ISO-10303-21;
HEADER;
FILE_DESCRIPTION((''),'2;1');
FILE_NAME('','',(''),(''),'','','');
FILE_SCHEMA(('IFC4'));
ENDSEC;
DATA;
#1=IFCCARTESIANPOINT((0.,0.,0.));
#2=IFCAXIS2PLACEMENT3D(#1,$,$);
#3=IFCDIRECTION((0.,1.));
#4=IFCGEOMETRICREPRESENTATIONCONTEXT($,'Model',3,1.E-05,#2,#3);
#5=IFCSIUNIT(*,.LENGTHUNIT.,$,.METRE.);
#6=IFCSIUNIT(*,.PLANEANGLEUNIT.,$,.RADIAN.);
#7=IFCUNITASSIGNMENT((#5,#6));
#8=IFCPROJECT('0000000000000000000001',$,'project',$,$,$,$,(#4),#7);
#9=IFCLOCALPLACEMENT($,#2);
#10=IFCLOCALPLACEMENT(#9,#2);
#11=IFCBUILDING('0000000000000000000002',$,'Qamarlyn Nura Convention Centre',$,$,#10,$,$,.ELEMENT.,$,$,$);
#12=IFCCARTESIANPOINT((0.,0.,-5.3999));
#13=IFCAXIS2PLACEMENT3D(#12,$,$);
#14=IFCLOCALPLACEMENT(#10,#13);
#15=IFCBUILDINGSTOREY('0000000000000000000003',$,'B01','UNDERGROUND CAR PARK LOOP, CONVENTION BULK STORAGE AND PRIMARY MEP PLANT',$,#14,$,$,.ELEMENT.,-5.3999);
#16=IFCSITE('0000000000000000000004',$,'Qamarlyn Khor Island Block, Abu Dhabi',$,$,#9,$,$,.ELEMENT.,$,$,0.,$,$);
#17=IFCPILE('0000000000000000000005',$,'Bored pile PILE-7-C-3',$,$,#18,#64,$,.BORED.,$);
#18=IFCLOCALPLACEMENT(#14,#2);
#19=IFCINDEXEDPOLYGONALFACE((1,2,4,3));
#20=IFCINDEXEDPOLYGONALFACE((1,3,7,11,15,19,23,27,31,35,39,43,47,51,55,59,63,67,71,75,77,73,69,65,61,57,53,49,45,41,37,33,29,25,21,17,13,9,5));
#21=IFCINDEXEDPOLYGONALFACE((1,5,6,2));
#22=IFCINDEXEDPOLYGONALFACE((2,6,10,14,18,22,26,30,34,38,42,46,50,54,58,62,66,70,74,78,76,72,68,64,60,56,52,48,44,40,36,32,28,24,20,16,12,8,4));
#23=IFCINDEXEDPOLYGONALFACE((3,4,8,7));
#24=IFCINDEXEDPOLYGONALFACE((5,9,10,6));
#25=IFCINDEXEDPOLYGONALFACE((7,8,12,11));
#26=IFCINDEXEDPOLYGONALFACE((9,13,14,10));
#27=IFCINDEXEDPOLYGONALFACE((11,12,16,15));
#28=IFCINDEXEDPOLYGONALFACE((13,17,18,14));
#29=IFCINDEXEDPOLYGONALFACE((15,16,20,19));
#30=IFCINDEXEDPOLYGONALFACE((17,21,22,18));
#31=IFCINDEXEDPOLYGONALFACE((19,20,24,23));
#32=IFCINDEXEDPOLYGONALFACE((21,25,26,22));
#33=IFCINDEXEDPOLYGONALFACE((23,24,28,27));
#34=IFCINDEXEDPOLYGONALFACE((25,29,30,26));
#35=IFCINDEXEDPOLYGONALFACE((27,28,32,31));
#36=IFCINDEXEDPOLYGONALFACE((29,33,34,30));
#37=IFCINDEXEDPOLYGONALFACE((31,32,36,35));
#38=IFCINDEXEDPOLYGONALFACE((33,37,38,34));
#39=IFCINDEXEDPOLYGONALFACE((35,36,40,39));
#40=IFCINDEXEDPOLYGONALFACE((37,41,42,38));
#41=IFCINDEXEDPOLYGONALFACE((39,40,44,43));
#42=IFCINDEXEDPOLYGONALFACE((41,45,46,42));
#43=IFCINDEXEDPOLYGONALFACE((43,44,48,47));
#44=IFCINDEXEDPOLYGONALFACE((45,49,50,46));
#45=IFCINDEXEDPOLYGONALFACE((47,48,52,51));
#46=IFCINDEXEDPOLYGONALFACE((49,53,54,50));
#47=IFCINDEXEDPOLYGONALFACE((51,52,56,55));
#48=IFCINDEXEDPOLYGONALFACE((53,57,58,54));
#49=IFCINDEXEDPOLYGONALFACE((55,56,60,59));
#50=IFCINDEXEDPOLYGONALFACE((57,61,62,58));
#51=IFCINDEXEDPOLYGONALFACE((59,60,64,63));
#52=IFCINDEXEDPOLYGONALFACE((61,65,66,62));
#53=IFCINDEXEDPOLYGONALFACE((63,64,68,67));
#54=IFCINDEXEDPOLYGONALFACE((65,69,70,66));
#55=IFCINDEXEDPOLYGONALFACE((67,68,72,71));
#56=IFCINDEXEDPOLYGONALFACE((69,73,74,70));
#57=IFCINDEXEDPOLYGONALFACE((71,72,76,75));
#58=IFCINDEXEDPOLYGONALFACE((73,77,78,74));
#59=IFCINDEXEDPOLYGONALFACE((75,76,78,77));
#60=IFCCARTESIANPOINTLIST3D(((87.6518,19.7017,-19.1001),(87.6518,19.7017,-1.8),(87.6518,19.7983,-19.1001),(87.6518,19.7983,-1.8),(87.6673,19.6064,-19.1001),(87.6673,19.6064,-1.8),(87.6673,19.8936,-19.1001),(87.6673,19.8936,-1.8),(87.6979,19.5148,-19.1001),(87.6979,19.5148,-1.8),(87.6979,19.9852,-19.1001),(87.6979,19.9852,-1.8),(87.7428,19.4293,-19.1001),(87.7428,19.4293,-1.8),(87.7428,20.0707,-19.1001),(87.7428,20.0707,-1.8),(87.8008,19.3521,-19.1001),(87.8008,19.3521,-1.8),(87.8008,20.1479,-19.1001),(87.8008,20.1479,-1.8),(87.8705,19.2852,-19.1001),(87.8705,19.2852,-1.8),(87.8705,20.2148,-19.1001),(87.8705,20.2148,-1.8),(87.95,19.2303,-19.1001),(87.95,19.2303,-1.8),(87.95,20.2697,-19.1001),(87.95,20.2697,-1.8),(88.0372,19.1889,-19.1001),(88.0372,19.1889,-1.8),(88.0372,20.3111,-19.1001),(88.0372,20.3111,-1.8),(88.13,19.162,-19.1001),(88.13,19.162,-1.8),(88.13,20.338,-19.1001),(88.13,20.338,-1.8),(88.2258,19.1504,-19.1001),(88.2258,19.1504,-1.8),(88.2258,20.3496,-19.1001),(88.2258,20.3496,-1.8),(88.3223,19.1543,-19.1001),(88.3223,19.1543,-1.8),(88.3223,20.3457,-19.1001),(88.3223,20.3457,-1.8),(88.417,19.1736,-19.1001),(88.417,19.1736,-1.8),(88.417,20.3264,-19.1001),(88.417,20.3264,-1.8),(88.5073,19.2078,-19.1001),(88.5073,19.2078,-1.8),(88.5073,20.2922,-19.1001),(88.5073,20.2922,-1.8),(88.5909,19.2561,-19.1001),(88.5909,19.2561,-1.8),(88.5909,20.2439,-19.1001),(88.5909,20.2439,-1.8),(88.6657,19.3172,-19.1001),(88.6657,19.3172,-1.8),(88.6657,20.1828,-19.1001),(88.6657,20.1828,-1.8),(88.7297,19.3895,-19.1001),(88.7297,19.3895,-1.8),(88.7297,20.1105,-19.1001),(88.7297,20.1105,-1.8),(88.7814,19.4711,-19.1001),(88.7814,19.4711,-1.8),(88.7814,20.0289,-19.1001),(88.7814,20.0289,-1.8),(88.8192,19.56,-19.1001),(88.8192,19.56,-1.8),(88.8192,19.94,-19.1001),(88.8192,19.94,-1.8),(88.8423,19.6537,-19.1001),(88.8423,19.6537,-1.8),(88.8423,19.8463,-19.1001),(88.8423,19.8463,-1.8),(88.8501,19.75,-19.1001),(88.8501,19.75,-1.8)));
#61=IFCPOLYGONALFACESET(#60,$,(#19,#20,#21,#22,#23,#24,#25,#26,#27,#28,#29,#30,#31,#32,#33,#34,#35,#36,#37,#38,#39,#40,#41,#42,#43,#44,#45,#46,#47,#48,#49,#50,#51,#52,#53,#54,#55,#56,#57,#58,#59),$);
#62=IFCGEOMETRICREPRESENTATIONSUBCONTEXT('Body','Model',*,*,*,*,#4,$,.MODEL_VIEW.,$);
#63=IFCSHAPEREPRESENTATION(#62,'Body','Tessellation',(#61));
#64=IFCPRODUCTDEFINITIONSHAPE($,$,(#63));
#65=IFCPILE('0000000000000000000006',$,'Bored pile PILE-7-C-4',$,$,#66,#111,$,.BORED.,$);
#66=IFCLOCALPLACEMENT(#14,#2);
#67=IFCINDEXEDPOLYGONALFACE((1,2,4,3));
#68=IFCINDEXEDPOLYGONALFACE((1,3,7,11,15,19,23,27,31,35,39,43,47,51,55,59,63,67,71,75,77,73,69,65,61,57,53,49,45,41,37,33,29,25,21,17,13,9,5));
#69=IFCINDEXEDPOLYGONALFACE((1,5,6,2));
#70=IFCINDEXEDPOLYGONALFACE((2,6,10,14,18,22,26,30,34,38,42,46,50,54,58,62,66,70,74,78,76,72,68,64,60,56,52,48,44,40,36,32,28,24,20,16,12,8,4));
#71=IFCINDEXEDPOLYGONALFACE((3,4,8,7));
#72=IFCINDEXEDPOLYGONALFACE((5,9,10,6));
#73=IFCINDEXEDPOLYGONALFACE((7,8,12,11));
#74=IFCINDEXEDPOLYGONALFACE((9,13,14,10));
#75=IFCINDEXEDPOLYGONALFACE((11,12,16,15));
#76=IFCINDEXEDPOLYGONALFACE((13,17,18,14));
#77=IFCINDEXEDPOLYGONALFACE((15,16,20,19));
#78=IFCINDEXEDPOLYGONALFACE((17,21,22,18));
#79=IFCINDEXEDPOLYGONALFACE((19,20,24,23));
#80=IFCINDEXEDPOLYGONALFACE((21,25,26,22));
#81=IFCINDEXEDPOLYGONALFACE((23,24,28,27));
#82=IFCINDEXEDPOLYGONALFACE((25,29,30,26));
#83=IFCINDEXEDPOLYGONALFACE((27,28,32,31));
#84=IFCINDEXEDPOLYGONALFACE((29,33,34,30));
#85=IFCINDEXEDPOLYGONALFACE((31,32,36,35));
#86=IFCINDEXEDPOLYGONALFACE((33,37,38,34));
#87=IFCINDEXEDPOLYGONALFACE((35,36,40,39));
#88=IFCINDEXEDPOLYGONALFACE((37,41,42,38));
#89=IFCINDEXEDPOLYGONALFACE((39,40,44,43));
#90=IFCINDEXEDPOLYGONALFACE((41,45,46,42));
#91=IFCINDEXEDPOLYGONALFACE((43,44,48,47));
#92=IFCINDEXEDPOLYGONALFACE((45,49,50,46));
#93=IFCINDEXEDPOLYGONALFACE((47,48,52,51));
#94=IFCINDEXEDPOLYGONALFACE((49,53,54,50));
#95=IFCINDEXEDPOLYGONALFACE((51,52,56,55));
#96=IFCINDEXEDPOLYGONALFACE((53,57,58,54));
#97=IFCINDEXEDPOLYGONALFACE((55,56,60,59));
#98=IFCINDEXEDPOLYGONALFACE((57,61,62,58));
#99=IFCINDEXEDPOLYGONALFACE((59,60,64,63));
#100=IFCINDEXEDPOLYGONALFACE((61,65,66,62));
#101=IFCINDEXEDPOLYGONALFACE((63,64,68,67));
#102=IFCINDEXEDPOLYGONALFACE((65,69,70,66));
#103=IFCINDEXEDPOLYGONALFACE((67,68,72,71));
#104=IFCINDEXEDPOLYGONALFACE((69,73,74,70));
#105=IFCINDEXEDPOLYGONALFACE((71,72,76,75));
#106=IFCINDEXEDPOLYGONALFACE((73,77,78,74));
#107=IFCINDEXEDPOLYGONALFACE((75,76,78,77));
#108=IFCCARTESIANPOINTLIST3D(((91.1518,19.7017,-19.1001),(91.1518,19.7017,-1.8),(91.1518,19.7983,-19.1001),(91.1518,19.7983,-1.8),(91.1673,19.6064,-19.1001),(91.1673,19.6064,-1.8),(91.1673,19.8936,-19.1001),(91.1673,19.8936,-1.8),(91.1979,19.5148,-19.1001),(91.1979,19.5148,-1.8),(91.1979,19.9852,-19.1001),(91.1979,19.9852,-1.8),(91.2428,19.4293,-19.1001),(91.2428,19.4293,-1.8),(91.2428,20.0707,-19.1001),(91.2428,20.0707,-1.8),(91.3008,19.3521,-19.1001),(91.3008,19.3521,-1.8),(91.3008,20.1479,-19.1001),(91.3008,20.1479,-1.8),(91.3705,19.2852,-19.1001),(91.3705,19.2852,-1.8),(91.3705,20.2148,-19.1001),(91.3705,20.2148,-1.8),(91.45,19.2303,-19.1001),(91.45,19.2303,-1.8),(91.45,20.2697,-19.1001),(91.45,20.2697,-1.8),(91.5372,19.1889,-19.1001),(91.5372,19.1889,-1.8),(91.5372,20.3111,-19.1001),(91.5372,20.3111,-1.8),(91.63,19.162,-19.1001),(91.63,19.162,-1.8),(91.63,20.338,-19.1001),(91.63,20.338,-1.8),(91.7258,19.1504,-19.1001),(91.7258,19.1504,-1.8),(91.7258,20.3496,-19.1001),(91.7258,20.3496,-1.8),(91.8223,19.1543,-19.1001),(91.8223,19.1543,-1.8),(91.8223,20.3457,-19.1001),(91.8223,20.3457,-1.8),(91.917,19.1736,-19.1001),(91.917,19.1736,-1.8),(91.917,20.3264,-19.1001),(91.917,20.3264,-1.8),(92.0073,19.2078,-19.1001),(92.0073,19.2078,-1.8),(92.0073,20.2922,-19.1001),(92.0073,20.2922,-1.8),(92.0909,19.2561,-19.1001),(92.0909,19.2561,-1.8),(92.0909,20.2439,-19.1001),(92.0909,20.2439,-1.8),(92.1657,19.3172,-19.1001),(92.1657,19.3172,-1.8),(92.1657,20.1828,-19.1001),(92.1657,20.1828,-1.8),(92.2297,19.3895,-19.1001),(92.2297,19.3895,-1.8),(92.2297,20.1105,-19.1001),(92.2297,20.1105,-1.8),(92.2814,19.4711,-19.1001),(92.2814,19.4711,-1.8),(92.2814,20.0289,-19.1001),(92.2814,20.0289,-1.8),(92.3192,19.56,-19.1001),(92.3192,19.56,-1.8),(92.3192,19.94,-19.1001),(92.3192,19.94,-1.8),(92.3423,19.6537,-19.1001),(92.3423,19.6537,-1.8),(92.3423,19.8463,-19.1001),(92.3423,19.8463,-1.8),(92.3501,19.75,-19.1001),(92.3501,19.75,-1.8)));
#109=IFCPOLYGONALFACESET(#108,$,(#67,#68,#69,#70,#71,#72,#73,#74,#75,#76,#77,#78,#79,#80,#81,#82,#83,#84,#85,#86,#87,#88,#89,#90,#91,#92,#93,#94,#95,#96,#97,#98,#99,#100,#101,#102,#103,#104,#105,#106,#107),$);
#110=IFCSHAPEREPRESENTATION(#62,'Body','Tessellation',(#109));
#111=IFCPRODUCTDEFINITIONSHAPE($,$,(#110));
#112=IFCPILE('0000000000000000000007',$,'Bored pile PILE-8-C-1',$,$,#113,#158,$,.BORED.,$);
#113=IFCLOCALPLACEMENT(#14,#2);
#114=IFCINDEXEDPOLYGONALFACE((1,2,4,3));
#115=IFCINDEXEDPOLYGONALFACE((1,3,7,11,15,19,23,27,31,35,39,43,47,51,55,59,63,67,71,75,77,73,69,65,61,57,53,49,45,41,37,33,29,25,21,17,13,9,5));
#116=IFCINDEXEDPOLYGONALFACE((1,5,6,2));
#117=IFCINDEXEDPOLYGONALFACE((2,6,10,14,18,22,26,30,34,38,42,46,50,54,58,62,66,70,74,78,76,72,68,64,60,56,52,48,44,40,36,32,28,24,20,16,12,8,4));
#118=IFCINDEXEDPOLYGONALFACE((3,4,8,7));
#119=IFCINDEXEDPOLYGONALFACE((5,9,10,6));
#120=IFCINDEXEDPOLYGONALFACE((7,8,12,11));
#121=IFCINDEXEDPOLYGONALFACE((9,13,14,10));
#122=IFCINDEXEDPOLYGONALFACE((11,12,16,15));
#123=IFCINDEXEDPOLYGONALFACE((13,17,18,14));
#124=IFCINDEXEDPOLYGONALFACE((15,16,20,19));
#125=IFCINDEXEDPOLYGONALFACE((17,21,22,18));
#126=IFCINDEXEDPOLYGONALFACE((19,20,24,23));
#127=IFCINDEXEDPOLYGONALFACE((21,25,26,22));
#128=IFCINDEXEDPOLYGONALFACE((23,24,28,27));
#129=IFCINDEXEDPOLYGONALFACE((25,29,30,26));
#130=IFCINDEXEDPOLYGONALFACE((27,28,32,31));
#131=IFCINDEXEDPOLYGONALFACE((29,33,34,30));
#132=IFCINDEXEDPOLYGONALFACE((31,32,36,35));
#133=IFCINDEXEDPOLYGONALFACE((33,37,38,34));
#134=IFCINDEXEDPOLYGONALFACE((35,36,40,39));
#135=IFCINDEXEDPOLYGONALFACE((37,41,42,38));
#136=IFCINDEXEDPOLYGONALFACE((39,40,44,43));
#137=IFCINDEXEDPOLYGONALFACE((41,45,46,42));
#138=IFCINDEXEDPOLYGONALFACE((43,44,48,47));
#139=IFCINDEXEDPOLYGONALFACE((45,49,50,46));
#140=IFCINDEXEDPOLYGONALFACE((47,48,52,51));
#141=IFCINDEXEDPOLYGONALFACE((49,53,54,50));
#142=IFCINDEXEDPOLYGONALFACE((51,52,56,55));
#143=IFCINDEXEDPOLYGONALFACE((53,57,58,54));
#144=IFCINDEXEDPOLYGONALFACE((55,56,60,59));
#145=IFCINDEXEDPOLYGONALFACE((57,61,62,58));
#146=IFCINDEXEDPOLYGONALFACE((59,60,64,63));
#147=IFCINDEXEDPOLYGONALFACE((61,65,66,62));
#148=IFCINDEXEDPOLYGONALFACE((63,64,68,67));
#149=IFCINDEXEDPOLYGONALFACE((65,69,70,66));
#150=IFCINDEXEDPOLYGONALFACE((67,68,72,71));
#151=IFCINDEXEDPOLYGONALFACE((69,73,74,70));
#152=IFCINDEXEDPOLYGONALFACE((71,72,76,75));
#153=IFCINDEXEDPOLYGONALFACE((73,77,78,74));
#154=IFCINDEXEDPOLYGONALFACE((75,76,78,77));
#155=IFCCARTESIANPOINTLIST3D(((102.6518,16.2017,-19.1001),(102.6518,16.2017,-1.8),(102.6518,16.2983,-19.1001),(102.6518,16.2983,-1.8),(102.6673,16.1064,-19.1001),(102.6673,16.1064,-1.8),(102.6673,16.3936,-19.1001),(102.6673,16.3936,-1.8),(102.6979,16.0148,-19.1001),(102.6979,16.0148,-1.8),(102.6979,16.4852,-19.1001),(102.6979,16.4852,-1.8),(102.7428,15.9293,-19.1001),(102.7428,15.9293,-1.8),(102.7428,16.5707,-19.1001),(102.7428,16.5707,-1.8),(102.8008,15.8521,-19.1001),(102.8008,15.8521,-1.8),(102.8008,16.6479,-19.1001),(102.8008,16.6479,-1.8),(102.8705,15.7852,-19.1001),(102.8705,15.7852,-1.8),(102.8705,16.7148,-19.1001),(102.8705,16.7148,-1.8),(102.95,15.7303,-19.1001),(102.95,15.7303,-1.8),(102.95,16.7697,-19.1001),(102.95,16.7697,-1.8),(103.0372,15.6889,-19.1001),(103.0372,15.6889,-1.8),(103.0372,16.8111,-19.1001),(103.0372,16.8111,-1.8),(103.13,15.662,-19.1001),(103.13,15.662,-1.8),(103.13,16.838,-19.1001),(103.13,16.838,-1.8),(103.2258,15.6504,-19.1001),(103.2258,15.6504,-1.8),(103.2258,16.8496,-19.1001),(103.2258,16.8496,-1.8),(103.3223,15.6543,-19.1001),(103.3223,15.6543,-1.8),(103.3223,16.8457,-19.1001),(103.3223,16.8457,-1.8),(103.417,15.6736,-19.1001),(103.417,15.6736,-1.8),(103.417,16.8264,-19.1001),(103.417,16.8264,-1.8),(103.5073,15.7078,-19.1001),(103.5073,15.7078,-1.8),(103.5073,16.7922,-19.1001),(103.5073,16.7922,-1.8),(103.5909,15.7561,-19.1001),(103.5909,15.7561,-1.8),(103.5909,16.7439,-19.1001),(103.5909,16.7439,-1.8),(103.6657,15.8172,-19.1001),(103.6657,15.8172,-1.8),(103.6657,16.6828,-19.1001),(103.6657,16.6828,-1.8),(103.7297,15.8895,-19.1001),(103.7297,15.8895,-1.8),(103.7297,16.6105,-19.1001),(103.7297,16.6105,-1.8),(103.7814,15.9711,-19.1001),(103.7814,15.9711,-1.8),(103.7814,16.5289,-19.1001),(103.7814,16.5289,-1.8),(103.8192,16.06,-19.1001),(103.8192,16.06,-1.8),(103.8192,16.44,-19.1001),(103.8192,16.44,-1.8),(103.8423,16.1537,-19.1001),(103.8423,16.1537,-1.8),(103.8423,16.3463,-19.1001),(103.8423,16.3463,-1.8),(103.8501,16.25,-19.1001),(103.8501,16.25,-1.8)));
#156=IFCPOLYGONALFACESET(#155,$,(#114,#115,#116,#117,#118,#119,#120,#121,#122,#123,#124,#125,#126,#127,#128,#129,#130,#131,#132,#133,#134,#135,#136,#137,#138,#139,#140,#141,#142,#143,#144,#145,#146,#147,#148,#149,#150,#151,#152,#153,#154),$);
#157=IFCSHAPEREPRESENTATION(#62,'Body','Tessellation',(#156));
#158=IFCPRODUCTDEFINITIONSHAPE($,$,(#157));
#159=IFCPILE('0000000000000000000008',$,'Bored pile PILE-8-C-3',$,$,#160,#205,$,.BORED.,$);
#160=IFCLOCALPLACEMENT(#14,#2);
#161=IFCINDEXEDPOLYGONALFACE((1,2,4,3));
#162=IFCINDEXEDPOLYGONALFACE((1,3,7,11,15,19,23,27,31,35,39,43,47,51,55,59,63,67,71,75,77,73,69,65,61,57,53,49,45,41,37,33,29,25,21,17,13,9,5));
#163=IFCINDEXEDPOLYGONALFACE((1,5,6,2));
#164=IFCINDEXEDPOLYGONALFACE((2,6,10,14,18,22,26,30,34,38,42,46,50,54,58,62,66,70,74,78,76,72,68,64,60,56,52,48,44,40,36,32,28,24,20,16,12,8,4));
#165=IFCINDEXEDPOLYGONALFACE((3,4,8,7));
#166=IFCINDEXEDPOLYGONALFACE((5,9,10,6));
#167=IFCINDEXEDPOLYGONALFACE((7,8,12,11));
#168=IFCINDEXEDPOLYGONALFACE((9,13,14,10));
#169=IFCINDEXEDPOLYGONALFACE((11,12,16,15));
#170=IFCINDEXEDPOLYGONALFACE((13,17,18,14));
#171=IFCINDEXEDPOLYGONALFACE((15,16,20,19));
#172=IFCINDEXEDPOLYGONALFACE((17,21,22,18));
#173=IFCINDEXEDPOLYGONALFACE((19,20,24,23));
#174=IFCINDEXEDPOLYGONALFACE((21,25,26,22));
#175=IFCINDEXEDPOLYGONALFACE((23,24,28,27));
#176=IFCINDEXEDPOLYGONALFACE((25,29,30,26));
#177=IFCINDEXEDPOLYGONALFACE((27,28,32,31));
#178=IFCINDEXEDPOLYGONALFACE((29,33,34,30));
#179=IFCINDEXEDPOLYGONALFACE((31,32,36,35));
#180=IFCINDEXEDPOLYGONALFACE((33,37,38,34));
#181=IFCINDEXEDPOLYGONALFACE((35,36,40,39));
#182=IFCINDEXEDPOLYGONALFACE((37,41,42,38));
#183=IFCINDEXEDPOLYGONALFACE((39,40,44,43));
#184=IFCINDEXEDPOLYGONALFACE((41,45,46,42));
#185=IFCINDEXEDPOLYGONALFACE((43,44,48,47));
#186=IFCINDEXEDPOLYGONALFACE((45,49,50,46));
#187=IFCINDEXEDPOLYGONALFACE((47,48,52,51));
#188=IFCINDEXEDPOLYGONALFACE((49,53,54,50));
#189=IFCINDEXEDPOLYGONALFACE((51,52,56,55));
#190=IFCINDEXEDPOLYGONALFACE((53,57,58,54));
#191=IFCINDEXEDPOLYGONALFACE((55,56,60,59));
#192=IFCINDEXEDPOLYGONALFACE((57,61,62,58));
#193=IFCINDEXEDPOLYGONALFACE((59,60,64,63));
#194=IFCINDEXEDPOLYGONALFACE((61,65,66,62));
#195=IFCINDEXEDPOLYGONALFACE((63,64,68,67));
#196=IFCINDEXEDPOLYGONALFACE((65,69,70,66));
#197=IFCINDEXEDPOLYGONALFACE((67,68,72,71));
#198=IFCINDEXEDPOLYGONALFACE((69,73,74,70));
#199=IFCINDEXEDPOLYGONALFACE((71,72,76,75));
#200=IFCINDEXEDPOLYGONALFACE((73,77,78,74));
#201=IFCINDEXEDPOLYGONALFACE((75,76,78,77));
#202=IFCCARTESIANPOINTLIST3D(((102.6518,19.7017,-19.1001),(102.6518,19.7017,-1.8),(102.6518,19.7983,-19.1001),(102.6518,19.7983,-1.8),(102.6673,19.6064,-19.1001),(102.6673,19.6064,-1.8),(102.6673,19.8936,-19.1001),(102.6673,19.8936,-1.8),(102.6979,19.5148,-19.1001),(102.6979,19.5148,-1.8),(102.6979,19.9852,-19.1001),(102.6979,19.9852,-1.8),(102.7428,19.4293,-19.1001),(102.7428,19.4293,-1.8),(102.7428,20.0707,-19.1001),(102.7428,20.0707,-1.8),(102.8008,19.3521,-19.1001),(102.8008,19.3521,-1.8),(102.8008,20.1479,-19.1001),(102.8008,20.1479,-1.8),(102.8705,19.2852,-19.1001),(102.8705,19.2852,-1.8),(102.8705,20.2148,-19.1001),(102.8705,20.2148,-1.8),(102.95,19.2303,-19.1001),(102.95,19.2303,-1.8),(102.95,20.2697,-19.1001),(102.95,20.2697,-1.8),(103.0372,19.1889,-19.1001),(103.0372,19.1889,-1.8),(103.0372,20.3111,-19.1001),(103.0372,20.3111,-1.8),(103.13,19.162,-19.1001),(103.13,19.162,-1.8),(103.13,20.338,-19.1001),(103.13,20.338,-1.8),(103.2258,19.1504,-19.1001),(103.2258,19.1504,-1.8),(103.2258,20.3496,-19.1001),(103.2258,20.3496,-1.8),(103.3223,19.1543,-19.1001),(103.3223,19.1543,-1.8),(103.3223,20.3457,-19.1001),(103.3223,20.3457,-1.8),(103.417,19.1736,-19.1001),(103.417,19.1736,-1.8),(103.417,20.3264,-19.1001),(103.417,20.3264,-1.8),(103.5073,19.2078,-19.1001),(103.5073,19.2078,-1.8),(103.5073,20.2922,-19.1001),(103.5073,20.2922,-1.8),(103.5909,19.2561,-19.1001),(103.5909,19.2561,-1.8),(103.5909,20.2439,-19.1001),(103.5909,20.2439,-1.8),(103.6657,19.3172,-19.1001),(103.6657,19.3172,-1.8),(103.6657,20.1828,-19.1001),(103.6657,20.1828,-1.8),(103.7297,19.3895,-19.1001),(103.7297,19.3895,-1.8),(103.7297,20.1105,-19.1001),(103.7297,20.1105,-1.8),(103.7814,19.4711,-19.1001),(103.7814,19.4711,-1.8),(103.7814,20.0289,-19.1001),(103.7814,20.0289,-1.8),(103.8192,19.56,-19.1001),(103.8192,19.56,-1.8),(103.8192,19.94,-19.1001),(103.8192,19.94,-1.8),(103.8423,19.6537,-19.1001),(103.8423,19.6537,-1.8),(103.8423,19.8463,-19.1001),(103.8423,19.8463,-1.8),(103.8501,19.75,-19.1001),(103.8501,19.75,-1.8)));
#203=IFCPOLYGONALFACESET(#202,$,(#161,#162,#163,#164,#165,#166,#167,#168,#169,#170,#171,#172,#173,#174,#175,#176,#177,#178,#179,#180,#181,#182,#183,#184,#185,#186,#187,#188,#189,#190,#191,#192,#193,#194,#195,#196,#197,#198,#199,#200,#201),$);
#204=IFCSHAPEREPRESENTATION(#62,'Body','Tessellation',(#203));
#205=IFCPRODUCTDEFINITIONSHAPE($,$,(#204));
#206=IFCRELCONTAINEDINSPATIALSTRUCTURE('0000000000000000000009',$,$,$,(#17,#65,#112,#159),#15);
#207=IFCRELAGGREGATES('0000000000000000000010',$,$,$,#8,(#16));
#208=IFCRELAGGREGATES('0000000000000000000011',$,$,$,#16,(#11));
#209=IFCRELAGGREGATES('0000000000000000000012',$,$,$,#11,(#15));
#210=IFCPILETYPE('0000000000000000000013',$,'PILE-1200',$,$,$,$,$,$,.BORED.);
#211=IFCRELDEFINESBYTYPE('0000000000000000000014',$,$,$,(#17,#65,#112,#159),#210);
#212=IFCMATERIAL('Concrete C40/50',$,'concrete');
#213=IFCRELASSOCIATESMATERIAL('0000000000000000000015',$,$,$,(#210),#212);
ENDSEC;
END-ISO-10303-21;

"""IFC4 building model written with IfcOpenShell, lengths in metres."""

from ifc_helpers import new_model, si_unit, direction, frame, origin, origin_2d, place, context, subcontext, project, spatial, circle, extrude, material, material_profile, profile_set, type_object, element, save


model = new_model("IFC4")

# Units and contexts
model_context = context("Model", 3, precision=1e-05, world=origin(), true_north=direction((0.0, 1.0)))
body_context = subcontext(model_context, "Body", "Model", "MODEL_VIEW")
ifc_project = project(units=[si_unit("LENGTHUNIT", "METRE"), si_unit("PLANEANGLEUNIT", "RADIAN")], contexts=[model_context])

# Site, building, storey
site_placement = place(None, origin())
site = spatial("IfcSite", under=ifc_project, at=site_placement, Name="Qamarlyn Khor Island Block, Abu Dhabi", CompositionType="ELEMENT", RefElevation=0.0)
building_placement = place(site_placement, origin())
building = spatial("IfcBuilding", under=site, at=building_placement, Name="Qamarlyn Nura Convention Centre", CompositionType="ELEMENT")
storey_placement = place(building_placement, frame((0.0, 0.0, -5.3999)))
storey = spatial("IfcBuildingStorey", under=building, at=storey_placement, Name="B01", Description="UNDERGROUND CAR PARK LOOP, CONVENTION BULK STORAGE AND PRIMARY MEP PLANT", CompositionType="ELEMENT", Elevation=-5.3999)

# Shared definitions
ifc_material_1 = material(Name="Concrete C40/50", Category="concrete")

# Piles
ifc_material_profile_1 = material_profile(ifc_material_1, circle(Radius=0.6001, at=origin_2d()), Name="BORED PILE 1200")
ifc_profile_set_1 = profile_set([ifc_material_profile_1], Name="Concrete C40/50")
pile_type_1 = type_object("IfcPileType", Name="PILE-1200", PredefinedType="BORED", material=ifc_profile_set_1)
for number, where, z_axis, x_axis, name in (
    (1, (88.25, 19.75, -1.8), (0.0, 0.0, -1.0), (1.0, 0.0, 0.0), "Bored pile PILE-7-C-3"),
    (2, (91.75, 19.75, -1.8), (0.0, 0.0, -1.0), (1.0, 0.0, 0.0), "Bored pile PILE-7-C-4"),
    (3, (103.25, 16.25, -1.8), (0.0, 0.0, -1.0), (1.0, 0.0, 0.0), "Bored pile PILE-8-C-1"),
    (4, (103.25, 19.75, -1.8), (0.0, 0.0, -1.0), (1.0, 0.0, 0.0), "Bored pile PILE-8-C-3"),
):
    element("IfcPile", number, at=place(storey_placement, frame(where, z_axis=z_axis, x_axis=x_axis)), inside=storey, type_object=pile_type_1, Name=name, PredefinedType="BORED", context=body_context, shape_type="SweptSolid", body=[
        extrude(circle(Radius=0.6001, at=origin_2d()), origin(), (0.0, 0.0, 1.0), 17.3),
    ])

save(model, "model.ifc")
